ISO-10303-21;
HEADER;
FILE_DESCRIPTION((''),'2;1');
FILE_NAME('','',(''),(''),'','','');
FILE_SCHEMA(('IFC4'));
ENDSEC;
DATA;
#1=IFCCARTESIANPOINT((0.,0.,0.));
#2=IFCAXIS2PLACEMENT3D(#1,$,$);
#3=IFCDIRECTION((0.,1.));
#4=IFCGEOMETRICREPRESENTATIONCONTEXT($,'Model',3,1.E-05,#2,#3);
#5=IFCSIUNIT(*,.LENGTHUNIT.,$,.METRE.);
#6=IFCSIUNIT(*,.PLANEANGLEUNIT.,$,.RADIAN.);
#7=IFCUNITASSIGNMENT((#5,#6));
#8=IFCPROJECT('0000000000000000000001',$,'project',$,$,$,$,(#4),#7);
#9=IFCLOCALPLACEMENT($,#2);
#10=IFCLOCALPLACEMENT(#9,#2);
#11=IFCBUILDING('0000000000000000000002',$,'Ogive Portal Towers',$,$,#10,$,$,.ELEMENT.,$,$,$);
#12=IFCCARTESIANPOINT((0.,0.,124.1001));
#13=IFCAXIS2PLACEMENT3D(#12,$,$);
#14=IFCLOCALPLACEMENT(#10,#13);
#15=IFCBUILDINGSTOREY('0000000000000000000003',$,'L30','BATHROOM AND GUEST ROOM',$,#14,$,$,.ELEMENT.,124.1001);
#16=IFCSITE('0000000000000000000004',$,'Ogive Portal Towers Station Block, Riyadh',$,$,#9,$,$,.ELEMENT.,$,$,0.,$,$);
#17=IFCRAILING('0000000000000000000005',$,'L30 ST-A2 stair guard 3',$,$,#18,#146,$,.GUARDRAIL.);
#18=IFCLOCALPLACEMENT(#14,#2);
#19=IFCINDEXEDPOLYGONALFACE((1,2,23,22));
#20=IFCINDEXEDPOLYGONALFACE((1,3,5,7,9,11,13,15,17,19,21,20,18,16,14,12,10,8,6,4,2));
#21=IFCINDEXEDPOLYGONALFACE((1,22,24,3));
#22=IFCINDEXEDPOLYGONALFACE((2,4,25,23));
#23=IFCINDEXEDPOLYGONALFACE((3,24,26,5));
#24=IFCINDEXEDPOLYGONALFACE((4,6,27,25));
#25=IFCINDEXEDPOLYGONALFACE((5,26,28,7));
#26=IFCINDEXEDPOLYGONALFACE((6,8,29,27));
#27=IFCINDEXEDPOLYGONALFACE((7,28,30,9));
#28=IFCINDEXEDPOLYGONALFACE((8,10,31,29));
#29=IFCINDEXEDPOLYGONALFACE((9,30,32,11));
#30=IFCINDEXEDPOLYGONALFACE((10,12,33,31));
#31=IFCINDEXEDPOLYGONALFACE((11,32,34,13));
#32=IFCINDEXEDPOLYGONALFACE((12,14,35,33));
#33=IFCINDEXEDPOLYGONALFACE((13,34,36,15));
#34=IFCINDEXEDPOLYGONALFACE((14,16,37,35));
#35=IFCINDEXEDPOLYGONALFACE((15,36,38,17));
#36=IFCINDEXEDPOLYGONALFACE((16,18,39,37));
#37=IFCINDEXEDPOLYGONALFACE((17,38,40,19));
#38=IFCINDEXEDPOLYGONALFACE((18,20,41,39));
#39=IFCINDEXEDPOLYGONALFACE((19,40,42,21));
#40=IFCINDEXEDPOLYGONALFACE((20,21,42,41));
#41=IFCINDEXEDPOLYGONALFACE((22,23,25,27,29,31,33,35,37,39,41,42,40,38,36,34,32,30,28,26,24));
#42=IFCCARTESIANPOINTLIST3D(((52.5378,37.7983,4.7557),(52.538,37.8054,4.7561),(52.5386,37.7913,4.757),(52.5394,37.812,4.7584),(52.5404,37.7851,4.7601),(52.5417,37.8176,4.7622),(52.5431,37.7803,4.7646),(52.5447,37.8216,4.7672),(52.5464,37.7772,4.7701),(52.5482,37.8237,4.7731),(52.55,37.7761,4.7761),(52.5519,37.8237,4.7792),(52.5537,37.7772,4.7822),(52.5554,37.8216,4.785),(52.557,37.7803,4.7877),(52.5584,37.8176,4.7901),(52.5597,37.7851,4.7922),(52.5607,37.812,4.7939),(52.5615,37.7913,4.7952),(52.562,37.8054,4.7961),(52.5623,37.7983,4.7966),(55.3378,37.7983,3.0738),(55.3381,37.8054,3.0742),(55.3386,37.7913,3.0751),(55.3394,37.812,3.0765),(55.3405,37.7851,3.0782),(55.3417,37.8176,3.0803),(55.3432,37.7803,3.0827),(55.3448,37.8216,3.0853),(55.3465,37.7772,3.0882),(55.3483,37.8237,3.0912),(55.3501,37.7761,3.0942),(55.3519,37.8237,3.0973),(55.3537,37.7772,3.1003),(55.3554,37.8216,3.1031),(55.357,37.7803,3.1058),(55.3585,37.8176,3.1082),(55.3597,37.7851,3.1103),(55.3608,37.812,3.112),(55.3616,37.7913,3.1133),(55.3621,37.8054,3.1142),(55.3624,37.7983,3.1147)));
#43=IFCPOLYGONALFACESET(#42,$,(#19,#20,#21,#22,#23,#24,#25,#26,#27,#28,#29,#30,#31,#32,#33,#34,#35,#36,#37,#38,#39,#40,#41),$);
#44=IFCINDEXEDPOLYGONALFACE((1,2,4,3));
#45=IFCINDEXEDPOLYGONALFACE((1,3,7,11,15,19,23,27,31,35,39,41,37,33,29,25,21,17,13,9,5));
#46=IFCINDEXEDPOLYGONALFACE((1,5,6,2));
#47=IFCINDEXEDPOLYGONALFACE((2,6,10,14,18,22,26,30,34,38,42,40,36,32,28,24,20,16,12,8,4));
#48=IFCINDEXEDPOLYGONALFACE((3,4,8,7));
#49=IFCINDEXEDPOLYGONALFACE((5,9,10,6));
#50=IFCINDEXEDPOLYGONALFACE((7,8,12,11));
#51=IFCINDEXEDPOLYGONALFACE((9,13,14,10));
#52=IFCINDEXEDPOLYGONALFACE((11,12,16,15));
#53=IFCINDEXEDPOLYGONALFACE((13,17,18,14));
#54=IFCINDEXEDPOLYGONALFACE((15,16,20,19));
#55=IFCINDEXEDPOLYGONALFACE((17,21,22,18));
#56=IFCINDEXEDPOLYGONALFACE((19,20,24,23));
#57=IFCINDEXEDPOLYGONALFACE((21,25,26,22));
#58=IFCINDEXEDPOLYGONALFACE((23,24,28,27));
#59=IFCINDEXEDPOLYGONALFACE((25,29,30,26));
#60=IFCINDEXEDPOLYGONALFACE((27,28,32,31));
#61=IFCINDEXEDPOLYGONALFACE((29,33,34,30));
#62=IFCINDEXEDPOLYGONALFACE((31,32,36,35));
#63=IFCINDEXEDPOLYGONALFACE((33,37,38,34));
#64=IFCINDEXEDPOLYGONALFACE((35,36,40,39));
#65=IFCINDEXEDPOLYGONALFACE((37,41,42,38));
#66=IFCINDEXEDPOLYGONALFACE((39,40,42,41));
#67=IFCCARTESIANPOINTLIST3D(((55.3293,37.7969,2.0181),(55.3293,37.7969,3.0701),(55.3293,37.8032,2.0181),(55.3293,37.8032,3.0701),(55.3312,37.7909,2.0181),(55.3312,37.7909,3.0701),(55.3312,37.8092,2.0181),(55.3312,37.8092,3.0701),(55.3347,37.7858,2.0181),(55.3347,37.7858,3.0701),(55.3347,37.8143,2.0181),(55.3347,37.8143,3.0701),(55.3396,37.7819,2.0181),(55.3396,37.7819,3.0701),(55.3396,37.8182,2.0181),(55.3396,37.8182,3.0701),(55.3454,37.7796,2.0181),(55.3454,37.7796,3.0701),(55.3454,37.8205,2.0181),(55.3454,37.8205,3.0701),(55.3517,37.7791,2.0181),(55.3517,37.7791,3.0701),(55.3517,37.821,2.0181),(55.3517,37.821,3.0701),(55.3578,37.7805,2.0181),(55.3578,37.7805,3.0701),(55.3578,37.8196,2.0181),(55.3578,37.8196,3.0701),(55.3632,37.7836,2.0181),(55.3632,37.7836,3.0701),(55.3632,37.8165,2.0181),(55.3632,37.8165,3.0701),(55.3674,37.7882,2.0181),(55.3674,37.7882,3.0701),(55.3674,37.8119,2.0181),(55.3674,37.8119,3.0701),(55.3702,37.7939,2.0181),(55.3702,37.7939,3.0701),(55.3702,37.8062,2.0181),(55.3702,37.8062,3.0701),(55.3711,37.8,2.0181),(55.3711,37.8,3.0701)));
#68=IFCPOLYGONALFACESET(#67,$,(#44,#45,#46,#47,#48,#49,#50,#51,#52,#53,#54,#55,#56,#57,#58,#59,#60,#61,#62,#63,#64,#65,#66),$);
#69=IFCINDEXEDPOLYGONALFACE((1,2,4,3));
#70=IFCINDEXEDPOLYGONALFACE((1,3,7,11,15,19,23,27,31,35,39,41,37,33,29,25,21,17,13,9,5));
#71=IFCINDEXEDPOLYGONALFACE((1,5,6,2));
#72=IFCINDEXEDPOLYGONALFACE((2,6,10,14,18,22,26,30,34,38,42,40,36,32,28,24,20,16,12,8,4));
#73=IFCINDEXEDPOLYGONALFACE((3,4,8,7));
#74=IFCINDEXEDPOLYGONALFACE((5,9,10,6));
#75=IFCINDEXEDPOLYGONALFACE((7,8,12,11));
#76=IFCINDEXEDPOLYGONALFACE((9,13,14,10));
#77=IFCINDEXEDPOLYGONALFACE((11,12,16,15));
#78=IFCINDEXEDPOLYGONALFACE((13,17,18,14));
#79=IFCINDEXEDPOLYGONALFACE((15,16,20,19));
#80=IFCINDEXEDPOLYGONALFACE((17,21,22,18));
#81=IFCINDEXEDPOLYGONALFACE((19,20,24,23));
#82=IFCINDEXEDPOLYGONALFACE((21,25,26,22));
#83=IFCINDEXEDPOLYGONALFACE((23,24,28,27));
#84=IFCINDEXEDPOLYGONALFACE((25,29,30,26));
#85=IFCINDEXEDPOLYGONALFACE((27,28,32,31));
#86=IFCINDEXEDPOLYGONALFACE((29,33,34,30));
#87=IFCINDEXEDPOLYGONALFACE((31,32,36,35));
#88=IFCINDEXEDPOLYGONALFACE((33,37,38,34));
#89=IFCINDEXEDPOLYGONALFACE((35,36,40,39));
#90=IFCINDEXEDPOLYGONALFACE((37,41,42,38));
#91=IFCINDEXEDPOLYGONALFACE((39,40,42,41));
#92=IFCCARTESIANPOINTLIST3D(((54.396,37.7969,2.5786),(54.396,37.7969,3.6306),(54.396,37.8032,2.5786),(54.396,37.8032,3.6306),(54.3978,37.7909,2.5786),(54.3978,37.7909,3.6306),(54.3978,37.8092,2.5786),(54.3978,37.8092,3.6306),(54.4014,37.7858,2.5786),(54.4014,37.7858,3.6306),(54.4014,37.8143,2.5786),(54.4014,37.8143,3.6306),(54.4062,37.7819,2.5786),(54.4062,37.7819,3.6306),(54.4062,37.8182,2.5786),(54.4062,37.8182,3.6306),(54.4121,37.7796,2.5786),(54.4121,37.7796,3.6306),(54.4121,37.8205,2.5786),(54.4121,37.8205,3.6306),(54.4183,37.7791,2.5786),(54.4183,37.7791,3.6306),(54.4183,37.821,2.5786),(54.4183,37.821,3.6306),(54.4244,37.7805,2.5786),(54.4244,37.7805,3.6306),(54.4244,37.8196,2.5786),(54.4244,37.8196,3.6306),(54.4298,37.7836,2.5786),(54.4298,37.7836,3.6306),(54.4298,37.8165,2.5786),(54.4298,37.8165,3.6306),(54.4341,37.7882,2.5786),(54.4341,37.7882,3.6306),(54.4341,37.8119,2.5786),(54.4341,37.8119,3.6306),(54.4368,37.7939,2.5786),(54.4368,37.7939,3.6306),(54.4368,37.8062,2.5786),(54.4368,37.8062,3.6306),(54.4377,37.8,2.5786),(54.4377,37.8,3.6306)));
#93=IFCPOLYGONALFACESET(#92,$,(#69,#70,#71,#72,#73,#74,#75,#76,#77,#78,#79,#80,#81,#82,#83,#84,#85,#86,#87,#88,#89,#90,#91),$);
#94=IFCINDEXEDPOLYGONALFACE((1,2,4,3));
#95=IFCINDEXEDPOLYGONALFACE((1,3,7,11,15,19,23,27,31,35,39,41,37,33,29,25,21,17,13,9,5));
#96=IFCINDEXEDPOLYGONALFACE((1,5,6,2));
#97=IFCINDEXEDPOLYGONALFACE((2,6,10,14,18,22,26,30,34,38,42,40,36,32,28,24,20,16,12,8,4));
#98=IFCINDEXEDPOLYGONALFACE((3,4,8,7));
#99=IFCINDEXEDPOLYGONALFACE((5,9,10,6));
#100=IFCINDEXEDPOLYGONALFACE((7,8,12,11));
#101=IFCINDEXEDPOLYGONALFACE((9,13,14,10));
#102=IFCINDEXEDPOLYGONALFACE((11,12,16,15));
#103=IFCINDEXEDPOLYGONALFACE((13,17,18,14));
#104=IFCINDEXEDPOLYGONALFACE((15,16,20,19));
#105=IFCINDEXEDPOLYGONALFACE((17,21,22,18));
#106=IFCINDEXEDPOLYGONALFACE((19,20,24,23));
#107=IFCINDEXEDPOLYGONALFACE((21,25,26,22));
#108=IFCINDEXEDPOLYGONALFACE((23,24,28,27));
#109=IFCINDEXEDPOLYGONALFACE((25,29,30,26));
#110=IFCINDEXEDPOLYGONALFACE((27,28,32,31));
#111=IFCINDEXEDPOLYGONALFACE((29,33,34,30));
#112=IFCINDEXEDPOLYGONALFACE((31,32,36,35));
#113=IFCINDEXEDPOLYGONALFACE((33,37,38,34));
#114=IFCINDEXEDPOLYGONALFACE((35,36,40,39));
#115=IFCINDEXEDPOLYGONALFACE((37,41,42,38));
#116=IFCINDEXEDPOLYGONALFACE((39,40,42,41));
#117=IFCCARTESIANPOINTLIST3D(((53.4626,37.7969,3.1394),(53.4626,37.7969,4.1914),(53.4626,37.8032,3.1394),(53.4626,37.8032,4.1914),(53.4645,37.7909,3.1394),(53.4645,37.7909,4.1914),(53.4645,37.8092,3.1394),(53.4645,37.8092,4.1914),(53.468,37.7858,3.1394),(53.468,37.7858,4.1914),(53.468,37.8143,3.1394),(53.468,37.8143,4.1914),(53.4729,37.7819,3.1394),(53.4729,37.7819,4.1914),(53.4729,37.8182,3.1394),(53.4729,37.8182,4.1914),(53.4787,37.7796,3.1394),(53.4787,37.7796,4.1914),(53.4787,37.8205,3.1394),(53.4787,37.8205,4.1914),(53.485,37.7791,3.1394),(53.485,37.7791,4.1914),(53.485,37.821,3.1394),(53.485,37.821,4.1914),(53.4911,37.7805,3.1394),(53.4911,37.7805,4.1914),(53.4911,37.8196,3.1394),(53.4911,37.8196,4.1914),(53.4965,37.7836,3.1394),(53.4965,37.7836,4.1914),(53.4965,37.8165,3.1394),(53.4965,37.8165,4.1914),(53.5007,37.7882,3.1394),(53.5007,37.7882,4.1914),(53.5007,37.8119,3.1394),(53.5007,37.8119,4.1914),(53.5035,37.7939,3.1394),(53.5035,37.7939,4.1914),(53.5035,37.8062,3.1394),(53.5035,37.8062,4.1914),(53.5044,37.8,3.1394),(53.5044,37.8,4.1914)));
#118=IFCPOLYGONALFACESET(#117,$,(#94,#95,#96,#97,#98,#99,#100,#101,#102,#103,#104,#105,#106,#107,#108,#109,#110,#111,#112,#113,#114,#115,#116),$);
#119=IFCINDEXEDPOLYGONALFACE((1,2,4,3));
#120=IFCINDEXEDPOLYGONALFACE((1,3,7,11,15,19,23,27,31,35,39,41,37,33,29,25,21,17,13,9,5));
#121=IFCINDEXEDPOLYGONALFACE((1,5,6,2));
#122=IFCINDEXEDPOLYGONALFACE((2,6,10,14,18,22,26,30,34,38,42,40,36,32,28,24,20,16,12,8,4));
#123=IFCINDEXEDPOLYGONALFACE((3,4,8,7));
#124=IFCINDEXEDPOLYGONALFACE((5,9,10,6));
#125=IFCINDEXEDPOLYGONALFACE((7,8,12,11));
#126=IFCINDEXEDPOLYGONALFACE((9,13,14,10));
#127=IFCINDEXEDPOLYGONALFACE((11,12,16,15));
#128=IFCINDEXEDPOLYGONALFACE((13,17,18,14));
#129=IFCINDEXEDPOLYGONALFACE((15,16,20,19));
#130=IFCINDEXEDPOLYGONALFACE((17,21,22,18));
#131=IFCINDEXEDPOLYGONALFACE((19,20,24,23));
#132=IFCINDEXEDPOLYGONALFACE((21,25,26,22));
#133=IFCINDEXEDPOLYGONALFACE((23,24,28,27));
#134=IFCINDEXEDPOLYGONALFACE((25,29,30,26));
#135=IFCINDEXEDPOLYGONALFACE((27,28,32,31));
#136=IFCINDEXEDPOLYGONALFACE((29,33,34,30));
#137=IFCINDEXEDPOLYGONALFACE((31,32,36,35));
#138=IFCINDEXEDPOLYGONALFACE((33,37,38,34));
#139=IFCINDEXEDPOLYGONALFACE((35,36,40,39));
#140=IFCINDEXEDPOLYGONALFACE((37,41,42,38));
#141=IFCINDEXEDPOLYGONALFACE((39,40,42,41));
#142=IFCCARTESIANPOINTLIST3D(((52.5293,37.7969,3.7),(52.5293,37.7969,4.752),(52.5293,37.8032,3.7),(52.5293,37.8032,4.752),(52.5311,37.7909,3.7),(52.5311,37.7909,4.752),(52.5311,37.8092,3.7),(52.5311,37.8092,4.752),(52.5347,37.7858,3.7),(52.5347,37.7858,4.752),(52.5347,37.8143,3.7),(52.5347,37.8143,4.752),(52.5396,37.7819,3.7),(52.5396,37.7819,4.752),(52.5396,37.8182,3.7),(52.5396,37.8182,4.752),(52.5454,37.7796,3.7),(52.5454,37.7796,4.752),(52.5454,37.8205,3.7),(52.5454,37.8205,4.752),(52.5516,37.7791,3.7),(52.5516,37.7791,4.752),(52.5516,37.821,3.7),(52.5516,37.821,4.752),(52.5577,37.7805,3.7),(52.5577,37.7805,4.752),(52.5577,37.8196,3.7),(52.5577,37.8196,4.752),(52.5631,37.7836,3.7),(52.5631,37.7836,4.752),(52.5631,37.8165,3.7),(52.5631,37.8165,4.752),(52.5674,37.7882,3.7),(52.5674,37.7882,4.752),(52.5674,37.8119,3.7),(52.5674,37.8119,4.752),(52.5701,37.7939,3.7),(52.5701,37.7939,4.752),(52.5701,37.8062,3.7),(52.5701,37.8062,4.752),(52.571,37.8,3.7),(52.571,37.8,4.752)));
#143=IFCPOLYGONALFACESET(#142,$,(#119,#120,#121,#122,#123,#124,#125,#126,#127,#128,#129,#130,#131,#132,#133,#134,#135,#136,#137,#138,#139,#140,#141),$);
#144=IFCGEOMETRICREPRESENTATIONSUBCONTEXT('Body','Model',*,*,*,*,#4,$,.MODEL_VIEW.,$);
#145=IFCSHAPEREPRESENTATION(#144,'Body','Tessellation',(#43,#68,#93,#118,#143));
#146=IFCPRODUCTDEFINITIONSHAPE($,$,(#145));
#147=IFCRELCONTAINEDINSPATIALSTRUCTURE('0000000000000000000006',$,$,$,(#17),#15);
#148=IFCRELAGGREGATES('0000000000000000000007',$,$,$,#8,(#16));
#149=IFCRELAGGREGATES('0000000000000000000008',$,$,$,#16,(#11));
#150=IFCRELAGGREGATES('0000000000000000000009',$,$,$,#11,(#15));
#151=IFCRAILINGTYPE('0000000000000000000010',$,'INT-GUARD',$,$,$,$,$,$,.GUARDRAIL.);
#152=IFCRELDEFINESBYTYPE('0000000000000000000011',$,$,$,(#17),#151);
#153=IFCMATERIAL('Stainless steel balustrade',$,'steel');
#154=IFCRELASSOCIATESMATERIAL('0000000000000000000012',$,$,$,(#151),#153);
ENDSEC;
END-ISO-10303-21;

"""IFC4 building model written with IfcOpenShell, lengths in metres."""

from ifc_helpers import new_model, si_unit, direction, frame, origin, origin_2d, place, context, subcontext, project, spatial, circle, extrude, material, type_object, element, save


model = new_model("IFC4")

# Units and contexts
model_context = context("Model", 3, precision=1e-05, world=origin(), true_north=direction((0.0, 1.0)))
body_context = subcontext(model_context, "Body", "Model", "MODEL_VIEW")
ifc_project = project(units=[si_unit("LENGTHUNIT", "METRE"), si_unit("PLANEANGLEUNIT", "RADIAN")], contexts=[model_context])

# Site, building, storey
site_placement = place(None, origin())
site = spatial("IfcSite", under=ifc_project, at=site_placement, Name="Ogive Portal Towers Station Block, Riyadh", CompositionType="ELEMENT", RefElevation=0.0)
building_placement = place(site_placement, origin())
building = spatial("IfcBuilding", under=site, at=building_placement, Name="Ogive Portal Towers", CompositionType="ELEMENT")
storey_placement = place(building_placement, frame((0.0, 0.0, 124.1001)))
storey = spatial("IfcBuildingStorey", under=building, at=storey_placement, Name="L30", Description="BATHROOM AND GUEST ROOM", CompositionType="ELEMENT", Elevation=124.1001)

# Railing
ifc_material_1 = material(Name="Stainless steel balustrade", Category="steel")
railing_type_1 = type_object("IfcRailingType", Name="INT-GUARD", PredefinedType="GUARDRAIL", material=ifc_material_1)
railing_1_placement = place(storey_placement, frame((55.3501, 37.8, 2.0181)))
element("IfcRailing", 1, at=railing_1_placement, inside=storey, type_object=railing_type_1, Name="L30 ST-A2 stair guard 3", PredefinedType="GUARDRAIL", context=body_context, shape_type="SweptSolid", body=[
    extrude(circle(Radius=0.0239, at=origin_2d()), frame((0.0, 0.0, 1.0762), z_axis=(-0.857242, 0.0, 0.514913), x_axis=(0.0, -1.0, 0.0)), (0.0, 0.0, 1.0), 3.2664),
    extrude(circle(Radius=0.021, at=origin_2d()), origin(), (0.0, 0.0, 1.0), 1.052),
    extrude(circle(Radius=0.021, at=origin_2d()), frame((-0.9333, 0.0, 0.5605)), (0.0, 0.0, 1.0), 1.052),
    extrude(circle(Radius=0.021, at=origin_2d()), frame((-1.8667, 0.0, 1.1213)), (0.0, 0.0, 1.0), 1.052),
    extrude(circle(Radius=0.021, at=origin_2d()), frame((-2.8, 0.0, 1.6819)), (0.0, 0.0, 1.0), 1.052),
])

save(model, "model.ifc")
